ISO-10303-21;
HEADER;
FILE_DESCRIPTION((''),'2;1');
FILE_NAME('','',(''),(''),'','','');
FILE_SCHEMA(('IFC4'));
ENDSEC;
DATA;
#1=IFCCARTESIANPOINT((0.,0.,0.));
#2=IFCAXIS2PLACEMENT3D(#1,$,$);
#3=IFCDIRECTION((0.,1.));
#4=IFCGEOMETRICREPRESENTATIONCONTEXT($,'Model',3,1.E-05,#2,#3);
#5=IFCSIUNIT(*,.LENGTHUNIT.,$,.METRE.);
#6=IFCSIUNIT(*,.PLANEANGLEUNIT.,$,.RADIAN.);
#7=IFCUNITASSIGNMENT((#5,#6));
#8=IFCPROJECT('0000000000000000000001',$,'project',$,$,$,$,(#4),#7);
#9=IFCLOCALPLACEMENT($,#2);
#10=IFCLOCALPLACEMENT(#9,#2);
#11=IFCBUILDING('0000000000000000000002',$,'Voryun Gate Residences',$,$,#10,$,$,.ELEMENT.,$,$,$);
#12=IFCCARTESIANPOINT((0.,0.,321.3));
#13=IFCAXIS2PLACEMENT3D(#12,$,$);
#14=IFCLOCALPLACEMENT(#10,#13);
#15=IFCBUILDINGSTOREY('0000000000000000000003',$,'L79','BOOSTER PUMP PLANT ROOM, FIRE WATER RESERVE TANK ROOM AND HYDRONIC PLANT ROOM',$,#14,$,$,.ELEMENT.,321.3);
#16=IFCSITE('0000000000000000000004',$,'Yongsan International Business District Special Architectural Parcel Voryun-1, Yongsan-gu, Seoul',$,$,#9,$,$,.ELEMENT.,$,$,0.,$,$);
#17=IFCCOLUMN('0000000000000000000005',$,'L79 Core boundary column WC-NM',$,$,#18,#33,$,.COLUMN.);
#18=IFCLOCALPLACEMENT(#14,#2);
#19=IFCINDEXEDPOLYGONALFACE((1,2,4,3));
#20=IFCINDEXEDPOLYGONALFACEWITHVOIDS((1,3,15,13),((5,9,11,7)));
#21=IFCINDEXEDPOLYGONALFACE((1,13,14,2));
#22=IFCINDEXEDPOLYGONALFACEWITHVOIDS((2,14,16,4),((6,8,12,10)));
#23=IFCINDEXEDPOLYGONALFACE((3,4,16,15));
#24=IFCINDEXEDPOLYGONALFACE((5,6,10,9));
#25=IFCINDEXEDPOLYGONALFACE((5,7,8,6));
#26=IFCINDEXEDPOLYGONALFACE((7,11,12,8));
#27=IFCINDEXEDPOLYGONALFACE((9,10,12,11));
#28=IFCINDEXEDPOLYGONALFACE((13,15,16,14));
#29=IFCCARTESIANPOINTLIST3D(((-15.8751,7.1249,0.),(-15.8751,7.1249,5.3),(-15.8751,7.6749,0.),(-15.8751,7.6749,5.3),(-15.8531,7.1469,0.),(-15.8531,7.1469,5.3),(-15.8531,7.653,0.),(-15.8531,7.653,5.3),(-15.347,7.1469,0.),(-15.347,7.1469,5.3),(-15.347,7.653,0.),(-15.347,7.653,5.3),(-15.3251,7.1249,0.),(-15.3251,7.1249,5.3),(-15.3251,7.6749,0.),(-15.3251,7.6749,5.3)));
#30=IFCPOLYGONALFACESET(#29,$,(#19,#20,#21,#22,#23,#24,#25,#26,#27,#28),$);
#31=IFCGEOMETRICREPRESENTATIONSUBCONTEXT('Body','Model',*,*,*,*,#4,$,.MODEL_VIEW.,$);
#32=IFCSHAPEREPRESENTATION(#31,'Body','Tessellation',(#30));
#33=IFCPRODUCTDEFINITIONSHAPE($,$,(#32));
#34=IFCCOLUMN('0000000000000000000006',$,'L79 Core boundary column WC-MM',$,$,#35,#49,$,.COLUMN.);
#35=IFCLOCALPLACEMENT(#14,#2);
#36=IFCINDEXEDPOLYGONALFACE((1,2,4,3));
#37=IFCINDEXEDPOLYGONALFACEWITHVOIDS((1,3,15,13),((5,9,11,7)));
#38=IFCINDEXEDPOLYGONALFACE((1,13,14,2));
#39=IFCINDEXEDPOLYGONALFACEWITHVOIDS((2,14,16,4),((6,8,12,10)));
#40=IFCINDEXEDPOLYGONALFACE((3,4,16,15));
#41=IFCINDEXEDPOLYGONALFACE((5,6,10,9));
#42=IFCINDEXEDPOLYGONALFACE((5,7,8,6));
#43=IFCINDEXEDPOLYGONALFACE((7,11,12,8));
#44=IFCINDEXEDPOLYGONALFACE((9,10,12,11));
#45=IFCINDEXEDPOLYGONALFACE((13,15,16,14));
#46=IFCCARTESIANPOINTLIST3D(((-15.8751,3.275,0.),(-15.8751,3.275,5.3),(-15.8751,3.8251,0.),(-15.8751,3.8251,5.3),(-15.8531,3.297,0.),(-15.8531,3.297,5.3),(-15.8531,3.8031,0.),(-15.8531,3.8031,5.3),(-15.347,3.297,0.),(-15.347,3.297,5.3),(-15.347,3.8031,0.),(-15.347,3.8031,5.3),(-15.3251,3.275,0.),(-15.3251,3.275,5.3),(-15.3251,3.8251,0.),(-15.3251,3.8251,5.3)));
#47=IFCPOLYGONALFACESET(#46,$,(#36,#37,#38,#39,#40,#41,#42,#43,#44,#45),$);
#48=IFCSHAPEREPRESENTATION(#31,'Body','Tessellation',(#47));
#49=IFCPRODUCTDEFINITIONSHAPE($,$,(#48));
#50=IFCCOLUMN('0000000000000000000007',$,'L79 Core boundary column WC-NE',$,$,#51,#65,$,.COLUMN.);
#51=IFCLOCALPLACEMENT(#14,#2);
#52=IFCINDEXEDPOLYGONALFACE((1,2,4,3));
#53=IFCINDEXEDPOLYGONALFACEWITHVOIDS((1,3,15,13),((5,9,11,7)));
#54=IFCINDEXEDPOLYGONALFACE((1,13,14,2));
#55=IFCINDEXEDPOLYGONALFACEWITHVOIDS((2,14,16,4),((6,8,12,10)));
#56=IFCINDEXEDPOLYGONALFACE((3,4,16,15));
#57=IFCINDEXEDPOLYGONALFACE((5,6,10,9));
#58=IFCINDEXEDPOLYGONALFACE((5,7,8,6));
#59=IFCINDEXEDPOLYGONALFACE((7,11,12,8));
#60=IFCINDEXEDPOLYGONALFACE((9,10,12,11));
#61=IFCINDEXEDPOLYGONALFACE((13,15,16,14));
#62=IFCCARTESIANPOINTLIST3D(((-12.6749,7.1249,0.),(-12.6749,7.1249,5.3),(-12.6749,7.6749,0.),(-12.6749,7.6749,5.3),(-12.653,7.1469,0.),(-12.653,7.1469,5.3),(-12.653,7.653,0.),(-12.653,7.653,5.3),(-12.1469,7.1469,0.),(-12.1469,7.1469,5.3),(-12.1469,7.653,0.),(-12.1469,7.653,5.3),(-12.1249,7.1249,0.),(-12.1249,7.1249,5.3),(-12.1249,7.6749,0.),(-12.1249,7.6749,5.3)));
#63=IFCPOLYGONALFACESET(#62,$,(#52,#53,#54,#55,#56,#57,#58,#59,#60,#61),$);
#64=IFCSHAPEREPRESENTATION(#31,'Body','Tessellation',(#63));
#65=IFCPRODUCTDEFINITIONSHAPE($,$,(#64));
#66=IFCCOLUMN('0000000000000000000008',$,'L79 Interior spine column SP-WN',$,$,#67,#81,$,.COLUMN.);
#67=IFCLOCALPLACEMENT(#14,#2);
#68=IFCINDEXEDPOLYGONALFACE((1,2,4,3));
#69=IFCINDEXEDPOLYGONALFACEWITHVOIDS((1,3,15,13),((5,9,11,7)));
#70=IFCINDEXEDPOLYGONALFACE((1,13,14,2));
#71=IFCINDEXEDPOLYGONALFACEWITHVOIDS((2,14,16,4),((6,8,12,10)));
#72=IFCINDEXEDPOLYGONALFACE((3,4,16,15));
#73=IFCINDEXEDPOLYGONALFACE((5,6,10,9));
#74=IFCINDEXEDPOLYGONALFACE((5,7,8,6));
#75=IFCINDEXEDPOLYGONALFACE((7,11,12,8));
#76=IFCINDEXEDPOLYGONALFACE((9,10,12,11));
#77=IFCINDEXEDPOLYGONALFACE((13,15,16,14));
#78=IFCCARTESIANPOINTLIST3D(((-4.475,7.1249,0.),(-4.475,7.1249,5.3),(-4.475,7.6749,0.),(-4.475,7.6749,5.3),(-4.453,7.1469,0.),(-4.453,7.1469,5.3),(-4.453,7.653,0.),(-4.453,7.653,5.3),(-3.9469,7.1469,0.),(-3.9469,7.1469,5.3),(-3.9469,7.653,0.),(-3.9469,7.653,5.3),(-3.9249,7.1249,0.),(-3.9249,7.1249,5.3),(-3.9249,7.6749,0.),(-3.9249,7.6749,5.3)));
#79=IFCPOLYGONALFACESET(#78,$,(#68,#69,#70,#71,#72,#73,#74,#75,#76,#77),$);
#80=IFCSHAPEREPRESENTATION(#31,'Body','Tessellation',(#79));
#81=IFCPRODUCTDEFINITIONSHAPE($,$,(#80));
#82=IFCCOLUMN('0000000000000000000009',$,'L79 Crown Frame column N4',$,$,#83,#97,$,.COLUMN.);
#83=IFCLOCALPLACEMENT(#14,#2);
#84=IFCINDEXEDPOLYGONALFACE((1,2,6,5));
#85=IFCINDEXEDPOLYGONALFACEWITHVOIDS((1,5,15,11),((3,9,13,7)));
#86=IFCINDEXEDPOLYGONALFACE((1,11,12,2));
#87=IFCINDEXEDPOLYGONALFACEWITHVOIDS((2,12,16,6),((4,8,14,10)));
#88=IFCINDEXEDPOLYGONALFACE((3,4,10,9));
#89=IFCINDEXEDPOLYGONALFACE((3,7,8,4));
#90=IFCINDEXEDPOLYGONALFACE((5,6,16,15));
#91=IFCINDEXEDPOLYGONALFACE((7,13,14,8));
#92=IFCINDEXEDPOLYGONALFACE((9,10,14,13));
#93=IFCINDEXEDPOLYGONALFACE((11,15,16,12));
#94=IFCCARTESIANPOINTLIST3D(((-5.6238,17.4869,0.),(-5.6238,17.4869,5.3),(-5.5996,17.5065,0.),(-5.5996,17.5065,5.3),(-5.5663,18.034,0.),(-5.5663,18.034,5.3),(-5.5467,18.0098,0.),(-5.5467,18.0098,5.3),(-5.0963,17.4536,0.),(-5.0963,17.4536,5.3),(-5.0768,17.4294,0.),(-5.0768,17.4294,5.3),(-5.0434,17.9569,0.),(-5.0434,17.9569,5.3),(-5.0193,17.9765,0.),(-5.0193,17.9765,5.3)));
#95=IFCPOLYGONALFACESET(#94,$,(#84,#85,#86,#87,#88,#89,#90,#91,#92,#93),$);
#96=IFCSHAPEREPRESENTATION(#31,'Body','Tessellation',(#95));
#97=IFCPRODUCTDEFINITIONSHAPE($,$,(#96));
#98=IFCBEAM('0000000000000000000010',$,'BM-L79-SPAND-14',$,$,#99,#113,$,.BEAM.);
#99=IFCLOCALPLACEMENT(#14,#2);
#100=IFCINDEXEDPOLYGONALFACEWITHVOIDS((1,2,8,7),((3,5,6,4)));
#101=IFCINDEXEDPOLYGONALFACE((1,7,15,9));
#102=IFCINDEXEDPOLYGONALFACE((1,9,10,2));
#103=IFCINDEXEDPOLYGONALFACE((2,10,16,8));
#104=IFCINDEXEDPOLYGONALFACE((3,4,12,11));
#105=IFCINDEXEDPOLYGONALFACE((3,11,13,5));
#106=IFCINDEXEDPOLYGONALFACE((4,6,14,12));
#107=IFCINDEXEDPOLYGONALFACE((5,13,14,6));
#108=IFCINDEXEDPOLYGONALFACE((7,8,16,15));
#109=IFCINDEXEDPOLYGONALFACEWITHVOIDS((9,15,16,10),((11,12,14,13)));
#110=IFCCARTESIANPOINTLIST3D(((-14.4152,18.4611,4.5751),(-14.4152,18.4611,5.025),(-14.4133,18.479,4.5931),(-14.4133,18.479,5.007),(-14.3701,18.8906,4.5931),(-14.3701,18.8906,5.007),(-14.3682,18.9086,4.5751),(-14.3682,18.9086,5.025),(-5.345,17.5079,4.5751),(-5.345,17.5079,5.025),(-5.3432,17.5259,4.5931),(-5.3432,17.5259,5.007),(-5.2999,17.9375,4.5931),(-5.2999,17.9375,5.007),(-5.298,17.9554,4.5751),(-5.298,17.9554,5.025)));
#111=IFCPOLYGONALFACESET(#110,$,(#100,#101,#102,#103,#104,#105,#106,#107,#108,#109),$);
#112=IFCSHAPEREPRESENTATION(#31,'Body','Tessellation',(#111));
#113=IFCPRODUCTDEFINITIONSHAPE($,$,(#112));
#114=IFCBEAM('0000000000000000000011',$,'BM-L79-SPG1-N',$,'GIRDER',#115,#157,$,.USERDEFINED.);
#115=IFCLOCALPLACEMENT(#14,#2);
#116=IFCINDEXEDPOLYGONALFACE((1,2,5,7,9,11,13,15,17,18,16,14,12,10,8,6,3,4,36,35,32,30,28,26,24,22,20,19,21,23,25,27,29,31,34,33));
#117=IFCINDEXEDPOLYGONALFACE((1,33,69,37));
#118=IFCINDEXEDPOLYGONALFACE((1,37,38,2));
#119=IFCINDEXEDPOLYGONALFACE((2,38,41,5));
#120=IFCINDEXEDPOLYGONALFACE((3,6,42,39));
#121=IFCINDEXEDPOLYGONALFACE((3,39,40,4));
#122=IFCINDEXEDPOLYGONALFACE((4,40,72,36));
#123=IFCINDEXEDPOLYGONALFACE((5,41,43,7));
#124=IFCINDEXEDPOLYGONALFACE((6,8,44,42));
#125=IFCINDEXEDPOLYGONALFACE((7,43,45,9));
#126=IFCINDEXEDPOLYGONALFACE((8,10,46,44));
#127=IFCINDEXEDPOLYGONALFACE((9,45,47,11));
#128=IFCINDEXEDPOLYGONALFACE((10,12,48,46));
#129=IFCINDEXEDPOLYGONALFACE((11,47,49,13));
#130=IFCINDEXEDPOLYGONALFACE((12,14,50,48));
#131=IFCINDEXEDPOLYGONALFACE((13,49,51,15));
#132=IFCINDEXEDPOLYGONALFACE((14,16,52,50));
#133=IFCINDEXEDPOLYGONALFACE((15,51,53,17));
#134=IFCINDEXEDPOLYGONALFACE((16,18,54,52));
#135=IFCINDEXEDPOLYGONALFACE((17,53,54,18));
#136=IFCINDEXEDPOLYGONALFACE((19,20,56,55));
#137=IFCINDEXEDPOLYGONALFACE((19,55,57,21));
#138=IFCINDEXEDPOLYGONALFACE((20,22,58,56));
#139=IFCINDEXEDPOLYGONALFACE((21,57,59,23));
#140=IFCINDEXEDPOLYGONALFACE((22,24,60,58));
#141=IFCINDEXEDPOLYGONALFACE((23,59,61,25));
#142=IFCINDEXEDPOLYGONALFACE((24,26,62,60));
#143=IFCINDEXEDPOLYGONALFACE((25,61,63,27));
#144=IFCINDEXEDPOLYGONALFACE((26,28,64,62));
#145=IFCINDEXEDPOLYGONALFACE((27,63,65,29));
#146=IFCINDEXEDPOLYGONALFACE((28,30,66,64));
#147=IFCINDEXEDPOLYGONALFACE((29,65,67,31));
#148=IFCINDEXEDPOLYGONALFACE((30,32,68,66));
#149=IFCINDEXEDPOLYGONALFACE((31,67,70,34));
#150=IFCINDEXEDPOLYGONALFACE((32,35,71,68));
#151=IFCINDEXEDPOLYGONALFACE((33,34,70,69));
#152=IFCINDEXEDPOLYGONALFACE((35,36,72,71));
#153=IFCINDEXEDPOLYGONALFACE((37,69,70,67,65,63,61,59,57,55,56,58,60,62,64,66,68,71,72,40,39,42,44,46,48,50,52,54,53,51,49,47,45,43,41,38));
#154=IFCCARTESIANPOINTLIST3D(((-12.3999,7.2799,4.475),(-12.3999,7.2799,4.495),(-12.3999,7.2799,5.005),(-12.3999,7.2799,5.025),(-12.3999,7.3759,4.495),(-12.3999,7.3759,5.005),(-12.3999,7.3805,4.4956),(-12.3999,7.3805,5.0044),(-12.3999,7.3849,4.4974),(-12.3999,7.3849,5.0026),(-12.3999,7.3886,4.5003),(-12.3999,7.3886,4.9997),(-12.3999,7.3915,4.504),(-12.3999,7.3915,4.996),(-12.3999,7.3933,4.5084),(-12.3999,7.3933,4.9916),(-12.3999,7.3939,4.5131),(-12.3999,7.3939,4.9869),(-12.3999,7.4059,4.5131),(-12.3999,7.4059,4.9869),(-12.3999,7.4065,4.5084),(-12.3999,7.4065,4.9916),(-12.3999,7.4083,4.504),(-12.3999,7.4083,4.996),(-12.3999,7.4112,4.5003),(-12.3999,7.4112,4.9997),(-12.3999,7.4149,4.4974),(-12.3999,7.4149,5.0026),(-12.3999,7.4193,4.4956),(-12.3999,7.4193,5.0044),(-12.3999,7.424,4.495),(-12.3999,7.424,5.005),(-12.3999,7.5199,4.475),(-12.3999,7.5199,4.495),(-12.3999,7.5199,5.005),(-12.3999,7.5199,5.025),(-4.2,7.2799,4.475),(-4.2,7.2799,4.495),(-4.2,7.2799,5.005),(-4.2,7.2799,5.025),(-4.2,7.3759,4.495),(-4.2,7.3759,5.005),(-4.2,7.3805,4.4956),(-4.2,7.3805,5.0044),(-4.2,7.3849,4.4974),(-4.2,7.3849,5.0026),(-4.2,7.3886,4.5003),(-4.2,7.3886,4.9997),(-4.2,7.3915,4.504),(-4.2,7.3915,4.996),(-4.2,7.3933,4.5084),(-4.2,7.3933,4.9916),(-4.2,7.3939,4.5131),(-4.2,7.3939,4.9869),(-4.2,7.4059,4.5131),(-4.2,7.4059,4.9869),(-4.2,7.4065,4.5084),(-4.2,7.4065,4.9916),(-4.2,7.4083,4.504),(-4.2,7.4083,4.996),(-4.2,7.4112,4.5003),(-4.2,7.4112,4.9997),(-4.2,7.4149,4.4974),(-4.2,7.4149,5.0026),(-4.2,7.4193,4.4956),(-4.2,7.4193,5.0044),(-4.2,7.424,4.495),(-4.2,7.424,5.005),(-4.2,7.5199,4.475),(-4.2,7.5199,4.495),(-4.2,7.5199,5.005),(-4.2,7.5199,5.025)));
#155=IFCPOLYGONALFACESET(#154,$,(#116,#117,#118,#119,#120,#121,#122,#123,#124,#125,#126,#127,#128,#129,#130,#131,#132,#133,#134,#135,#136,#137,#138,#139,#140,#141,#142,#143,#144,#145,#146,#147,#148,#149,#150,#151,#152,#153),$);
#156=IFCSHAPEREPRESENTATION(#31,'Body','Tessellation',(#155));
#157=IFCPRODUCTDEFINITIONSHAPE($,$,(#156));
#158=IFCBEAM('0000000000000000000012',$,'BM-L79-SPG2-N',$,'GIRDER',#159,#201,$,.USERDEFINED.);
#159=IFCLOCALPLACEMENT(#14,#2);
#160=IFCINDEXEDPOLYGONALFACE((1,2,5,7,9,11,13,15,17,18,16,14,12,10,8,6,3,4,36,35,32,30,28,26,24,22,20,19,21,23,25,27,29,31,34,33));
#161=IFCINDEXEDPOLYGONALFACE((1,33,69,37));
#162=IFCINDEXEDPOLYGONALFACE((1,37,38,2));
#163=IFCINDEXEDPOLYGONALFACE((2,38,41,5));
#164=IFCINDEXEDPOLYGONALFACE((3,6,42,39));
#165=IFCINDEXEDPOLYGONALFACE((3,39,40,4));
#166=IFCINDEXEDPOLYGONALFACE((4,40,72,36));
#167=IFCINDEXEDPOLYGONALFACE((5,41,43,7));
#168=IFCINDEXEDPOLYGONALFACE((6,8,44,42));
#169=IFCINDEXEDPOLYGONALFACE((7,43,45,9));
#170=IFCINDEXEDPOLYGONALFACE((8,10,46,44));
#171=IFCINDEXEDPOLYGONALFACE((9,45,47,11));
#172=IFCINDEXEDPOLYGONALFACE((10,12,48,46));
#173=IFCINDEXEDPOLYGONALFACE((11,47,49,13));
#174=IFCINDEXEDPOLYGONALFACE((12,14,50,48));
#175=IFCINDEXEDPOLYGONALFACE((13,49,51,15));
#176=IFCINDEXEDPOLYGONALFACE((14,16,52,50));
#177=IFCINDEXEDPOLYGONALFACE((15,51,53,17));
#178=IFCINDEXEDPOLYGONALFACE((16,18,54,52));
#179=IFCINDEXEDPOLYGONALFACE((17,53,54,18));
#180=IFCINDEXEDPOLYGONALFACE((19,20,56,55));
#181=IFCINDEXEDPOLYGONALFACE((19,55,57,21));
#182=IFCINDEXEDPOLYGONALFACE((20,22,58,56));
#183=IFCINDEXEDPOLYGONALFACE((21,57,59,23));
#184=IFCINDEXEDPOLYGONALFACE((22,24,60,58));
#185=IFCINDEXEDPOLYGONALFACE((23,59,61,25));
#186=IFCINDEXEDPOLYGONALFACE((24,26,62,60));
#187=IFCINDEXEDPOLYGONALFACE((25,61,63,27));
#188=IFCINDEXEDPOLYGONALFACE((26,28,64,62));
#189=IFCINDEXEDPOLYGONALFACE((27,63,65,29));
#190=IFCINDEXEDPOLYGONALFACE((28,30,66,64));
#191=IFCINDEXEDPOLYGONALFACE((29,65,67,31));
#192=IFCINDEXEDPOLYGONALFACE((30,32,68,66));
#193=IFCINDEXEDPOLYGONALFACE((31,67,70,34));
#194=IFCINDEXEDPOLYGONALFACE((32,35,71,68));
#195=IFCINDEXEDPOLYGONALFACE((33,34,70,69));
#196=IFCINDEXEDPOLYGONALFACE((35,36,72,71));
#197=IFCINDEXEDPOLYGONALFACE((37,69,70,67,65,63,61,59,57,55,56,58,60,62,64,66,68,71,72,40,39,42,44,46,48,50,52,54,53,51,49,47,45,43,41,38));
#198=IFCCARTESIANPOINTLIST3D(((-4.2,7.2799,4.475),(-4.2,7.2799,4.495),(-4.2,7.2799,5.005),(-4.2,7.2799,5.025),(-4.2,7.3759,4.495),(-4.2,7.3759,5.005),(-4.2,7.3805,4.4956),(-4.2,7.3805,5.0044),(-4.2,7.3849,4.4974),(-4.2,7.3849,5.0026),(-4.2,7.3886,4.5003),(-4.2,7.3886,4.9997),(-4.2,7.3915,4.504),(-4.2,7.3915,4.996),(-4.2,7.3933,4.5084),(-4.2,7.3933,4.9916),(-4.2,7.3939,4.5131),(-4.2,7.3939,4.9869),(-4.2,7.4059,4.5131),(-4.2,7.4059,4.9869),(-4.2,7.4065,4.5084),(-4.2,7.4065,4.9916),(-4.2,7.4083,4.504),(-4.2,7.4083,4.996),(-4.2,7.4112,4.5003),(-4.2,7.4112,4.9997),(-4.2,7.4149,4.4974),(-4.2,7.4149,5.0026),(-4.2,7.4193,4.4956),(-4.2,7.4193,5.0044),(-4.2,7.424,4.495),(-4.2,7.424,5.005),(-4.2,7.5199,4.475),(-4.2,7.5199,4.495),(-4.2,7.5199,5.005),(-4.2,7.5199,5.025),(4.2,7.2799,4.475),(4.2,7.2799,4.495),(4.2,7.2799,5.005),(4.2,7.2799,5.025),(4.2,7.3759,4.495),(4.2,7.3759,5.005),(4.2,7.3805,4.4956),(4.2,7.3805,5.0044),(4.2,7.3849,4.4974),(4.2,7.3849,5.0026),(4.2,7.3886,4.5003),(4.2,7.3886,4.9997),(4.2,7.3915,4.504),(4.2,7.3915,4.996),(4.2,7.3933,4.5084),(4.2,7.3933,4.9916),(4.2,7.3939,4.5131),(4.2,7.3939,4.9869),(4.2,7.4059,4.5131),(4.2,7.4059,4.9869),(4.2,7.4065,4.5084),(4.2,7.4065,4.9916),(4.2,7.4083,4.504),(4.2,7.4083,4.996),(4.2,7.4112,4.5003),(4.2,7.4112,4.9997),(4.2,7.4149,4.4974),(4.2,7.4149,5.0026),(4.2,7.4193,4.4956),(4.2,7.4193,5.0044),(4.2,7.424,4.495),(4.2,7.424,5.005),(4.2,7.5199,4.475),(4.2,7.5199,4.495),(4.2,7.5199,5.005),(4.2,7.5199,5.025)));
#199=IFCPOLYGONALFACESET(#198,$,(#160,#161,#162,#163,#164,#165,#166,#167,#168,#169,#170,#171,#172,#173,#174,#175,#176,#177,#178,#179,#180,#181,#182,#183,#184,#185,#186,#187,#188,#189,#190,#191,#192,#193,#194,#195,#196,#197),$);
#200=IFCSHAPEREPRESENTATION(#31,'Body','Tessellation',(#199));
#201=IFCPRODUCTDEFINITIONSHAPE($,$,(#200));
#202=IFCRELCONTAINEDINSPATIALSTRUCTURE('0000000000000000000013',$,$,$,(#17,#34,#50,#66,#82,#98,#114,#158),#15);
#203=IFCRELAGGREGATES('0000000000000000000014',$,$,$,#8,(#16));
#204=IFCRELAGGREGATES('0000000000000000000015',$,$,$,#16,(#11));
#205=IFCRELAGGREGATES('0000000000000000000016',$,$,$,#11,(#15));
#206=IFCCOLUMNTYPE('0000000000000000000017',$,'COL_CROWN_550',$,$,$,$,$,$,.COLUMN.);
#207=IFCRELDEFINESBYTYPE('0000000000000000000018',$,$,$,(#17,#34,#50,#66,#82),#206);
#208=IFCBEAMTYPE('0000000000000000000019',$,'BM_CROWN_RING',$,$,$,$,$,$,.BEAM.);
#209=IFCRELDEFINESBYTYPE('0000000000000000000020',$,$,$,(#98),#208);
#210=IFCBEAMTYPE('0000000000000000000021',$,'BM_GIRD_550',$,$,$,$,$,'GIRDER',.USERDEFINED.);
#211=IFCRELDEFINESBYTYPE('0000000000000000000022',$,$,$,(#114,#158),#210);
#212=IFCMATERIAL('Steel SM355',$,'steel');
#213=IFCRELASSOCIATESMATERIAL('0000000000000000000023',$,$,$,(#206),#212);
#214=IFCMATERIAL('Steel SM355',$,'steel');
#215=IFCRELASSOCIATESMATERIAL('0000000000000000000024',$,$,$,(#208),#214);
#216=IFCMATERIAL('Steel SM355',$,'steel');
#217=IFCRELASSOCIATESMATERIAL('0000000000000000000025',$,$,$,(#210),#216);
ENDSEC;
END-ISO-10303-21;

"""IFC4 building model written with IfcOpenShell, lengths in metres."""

from ifc_helpers import new_model, si_unit, direction, frame, origin, origin_2d, place, context, subcontext, project, spatial, hollow_rectangle, i_section, extrude, material, material_profile, profile_set, type_object, element, save


model = new_model("IFC4")

# Units and contexts
model_context = context("Model", 3, precision=1e-05, world=origin(), true_north=direction((0.0, 1.0)))
body_context = subcontext(model_context, "Body", "Model", "MODEL_VIEW")
ifc_project = project(units=[si_unit("LENGTHUNIT", "METRE"), si_unit("PLANEANGLEUNIT", "RADIAN")], contexts=[model_context])

# Site, building, storey
site_placement = place(None, origin())
site = spatial("IfcSite", under=ifc_project, at=site_placement, Name="Yongsan International Business District Special Architectural Parcel Voryun-1, Yongsan-gu, Seoul", CompositionType="ELEMENT", RefElevation=0.0)
building_placement = place(site_placement, origin())
building = spatial("IfcBuilding", under=site, at=building_placement, Name="Voryun Gate Residences", CompositionType="ELEMENT")
storey_placement = place(building_placement, frame((0.0, 0.0, 321.3)))
storey = spatial("IfcBuildingStorey", under=building, at=storey_placement, Name="L79", Description="BOOSTER PUMP PLANT ROOM, FIRE WATER RESERVE TANK ROOM AND HYDRONIC PLANT ROOM", CompositionType="ELEMENT", Elevation=321.3)

# Columns
ifc_material_1 = material(Name="Steel SM355", Category="steel")
ifc_material_profile_1 = material_profile(ifc_material_1, hollow_rectangle(XDim=0.55, YDim=0.55, WallThickness=0.022, at=origin_2d()), Name="BOX-550x550x22")
ifc_profile_set_1 = profile_set([ifc_material_profile_1], Name="Steel SM355")
column_type = type_object("IfcColumnType", Name="COL_CROWN_550", PredefinedType="COLUMN", material=ifc_profile_set_1)
for number, where, z_axis, x_axis, name in (
    (1, (-15.6001, 7.3999, 0.0), (0.0, 0.0, 1.0), (1.0, 0.0, 0.0), "L79 Core boundary column WC-NM"),
    (2, (-15.6001, 3.55, 0.0), (0.0, 0.0, 1.0), (1.0, 0.0, 0.0), "L79 Core boundary column WC-MM"),
    (3, (-12.3999, 7.3999, 0.0), (0.0, 0.0, 1.0), (1.0, 0.0, 0.0), "L79 Core boundary column WC-NE"),
    (4, (-4.2, 7.3999, 0.0), (0.0, 0.0, 1.0), (1.0, 0.0, 0.0), "L79 Interior spine column SP-WN"),
    (5, (-5.3215, 17.7317, 0.0), (0.0, 0.0, 1.0), (0.994522, -0.104528, 0.0), "L79 Crown Frame column N4"),
):
    element("IfcColumn", number, at=place(storey_placement, frame(where, z_axis=z_axis, x_axis=x_axis)), inside=storey, type_object=column_type, Name=name, PredefinedType="COLUMN", context=body_context, shape_type="SweptSolid", body=[
        extrude(hollow_rectangle(XDim=0.55, YDim=0.55, WallThickness=0.022, at=origin_2d()), origin(), (0.0, 0.0, 1.0), 5.3),
    ])

# Beams
ifc_material_2 = material(Name="Steel SM355", Category="steel")
ifc_material_profile_2 = material_profile(ifc_material_2, hollow_rectangle(XDim=0.45, YDim=0.45, WallThickness=0.0181, at=origin_2d()), Name="BOX-450x450x18")
ifc_profile_set_2 = profile_set([ifc_material_profile_2], Name="Steel SM355")
beam_type_1 = type_object("IfcBeamType", Name="BM_CROWN_RING", PredefinedType="BEAM", material=ifc_profile_set_2)
beam_1_placement = place(storey_placement, frame((-5.3215, 17.7317, 4.8), z_axis=(-0.994524, 0.104509, 0.0), x_axis=(-0.104509, -0.994524, 0.0)))
element("IfcBeam", 6, at=beam_1_placement, inside=storey, type_object=beam_type_1, Name="BM-L79-SPAND-14", PredefinedType="BEAM", context=body_context, shape_type="SweptSolid", body=[
    extrude(hollow_rectangle(XDim=0.45, YDim=0.45, WallThickness=0.0181, at=origin_2d()), origin(), (0.0, 0.0, 1.0), 9.1201),
])
ifc_material_3 = material(Name="Steel SM355", Category="steel")
ifc_material_profile_3 = material_profile(ifc_material_3, i_section(OverallWidth=0.24, OverallDepth=0.55, WebThickness=0.012, FlangeThickness=0.02, FilletRadius=0.0181, at=origin_2d()), Name="H-550x240x12x20")
ifc_profile_set_3 = profile_set([ifc_material_profile_3], Name="Steel SM355")
beam_type_2 = type_object("IfcBeamType", Name="BM_GIRD_550", ElementType="GIRDER", PredefinedType="USERDEFINED", material=ifc_profile_set_3)
beam_2_placement = place(storey_placement, frame((-12.3999, 7.3999, 4.75), z_axis=(1.0, 0.0, 0.0), x_axis=(0.0, 1.0, 0.0)))
element("IfcBeam", 7, at=beam_2_placement, inside=storey, type_object=beam_type_2, Name="BM-L79-SPG1-N", ObjectType="GIRDER", PredefinedType="USERDEFINED", context=body_context, shape_type="SweptSolid", body=[
    extrude(i_section(OverallWidth=0.24, OverallDepth=0.55, WebThickness=0.012, FlangeThickness=0.02, FilletRadius=0.0181, at=origin_2d()), origin(), (0.0, 0.0, 1.0), 8.2),
])
beam_3_placement = place(storey_placement, frame((-4.2, 7.3999, 4.75), z_axis=(1.0, 0.0, 0.0), x_axis=(0.0, 1.0, 0.0)))
element("IfcBeam", 8, at=beam_3_placement, inside=storey, type_object=beam_type_2, Name="BM-L79-SPG2-N", ObjectType="GIRDER", PredefinedType="USERDEFINED", context=body_context, shape_type="SweptSolid", body=[
    extrude(i_section(OverallWidth=0.24, OverallDepth=0.55, WebThickness=0.012, FlangeThickness=0.02, FilletRadius=0.0181, at=origin_2d()), origin(), (0.0, 0.0, 1.0), 8.3999),
])

save(model, "model.ifc")
